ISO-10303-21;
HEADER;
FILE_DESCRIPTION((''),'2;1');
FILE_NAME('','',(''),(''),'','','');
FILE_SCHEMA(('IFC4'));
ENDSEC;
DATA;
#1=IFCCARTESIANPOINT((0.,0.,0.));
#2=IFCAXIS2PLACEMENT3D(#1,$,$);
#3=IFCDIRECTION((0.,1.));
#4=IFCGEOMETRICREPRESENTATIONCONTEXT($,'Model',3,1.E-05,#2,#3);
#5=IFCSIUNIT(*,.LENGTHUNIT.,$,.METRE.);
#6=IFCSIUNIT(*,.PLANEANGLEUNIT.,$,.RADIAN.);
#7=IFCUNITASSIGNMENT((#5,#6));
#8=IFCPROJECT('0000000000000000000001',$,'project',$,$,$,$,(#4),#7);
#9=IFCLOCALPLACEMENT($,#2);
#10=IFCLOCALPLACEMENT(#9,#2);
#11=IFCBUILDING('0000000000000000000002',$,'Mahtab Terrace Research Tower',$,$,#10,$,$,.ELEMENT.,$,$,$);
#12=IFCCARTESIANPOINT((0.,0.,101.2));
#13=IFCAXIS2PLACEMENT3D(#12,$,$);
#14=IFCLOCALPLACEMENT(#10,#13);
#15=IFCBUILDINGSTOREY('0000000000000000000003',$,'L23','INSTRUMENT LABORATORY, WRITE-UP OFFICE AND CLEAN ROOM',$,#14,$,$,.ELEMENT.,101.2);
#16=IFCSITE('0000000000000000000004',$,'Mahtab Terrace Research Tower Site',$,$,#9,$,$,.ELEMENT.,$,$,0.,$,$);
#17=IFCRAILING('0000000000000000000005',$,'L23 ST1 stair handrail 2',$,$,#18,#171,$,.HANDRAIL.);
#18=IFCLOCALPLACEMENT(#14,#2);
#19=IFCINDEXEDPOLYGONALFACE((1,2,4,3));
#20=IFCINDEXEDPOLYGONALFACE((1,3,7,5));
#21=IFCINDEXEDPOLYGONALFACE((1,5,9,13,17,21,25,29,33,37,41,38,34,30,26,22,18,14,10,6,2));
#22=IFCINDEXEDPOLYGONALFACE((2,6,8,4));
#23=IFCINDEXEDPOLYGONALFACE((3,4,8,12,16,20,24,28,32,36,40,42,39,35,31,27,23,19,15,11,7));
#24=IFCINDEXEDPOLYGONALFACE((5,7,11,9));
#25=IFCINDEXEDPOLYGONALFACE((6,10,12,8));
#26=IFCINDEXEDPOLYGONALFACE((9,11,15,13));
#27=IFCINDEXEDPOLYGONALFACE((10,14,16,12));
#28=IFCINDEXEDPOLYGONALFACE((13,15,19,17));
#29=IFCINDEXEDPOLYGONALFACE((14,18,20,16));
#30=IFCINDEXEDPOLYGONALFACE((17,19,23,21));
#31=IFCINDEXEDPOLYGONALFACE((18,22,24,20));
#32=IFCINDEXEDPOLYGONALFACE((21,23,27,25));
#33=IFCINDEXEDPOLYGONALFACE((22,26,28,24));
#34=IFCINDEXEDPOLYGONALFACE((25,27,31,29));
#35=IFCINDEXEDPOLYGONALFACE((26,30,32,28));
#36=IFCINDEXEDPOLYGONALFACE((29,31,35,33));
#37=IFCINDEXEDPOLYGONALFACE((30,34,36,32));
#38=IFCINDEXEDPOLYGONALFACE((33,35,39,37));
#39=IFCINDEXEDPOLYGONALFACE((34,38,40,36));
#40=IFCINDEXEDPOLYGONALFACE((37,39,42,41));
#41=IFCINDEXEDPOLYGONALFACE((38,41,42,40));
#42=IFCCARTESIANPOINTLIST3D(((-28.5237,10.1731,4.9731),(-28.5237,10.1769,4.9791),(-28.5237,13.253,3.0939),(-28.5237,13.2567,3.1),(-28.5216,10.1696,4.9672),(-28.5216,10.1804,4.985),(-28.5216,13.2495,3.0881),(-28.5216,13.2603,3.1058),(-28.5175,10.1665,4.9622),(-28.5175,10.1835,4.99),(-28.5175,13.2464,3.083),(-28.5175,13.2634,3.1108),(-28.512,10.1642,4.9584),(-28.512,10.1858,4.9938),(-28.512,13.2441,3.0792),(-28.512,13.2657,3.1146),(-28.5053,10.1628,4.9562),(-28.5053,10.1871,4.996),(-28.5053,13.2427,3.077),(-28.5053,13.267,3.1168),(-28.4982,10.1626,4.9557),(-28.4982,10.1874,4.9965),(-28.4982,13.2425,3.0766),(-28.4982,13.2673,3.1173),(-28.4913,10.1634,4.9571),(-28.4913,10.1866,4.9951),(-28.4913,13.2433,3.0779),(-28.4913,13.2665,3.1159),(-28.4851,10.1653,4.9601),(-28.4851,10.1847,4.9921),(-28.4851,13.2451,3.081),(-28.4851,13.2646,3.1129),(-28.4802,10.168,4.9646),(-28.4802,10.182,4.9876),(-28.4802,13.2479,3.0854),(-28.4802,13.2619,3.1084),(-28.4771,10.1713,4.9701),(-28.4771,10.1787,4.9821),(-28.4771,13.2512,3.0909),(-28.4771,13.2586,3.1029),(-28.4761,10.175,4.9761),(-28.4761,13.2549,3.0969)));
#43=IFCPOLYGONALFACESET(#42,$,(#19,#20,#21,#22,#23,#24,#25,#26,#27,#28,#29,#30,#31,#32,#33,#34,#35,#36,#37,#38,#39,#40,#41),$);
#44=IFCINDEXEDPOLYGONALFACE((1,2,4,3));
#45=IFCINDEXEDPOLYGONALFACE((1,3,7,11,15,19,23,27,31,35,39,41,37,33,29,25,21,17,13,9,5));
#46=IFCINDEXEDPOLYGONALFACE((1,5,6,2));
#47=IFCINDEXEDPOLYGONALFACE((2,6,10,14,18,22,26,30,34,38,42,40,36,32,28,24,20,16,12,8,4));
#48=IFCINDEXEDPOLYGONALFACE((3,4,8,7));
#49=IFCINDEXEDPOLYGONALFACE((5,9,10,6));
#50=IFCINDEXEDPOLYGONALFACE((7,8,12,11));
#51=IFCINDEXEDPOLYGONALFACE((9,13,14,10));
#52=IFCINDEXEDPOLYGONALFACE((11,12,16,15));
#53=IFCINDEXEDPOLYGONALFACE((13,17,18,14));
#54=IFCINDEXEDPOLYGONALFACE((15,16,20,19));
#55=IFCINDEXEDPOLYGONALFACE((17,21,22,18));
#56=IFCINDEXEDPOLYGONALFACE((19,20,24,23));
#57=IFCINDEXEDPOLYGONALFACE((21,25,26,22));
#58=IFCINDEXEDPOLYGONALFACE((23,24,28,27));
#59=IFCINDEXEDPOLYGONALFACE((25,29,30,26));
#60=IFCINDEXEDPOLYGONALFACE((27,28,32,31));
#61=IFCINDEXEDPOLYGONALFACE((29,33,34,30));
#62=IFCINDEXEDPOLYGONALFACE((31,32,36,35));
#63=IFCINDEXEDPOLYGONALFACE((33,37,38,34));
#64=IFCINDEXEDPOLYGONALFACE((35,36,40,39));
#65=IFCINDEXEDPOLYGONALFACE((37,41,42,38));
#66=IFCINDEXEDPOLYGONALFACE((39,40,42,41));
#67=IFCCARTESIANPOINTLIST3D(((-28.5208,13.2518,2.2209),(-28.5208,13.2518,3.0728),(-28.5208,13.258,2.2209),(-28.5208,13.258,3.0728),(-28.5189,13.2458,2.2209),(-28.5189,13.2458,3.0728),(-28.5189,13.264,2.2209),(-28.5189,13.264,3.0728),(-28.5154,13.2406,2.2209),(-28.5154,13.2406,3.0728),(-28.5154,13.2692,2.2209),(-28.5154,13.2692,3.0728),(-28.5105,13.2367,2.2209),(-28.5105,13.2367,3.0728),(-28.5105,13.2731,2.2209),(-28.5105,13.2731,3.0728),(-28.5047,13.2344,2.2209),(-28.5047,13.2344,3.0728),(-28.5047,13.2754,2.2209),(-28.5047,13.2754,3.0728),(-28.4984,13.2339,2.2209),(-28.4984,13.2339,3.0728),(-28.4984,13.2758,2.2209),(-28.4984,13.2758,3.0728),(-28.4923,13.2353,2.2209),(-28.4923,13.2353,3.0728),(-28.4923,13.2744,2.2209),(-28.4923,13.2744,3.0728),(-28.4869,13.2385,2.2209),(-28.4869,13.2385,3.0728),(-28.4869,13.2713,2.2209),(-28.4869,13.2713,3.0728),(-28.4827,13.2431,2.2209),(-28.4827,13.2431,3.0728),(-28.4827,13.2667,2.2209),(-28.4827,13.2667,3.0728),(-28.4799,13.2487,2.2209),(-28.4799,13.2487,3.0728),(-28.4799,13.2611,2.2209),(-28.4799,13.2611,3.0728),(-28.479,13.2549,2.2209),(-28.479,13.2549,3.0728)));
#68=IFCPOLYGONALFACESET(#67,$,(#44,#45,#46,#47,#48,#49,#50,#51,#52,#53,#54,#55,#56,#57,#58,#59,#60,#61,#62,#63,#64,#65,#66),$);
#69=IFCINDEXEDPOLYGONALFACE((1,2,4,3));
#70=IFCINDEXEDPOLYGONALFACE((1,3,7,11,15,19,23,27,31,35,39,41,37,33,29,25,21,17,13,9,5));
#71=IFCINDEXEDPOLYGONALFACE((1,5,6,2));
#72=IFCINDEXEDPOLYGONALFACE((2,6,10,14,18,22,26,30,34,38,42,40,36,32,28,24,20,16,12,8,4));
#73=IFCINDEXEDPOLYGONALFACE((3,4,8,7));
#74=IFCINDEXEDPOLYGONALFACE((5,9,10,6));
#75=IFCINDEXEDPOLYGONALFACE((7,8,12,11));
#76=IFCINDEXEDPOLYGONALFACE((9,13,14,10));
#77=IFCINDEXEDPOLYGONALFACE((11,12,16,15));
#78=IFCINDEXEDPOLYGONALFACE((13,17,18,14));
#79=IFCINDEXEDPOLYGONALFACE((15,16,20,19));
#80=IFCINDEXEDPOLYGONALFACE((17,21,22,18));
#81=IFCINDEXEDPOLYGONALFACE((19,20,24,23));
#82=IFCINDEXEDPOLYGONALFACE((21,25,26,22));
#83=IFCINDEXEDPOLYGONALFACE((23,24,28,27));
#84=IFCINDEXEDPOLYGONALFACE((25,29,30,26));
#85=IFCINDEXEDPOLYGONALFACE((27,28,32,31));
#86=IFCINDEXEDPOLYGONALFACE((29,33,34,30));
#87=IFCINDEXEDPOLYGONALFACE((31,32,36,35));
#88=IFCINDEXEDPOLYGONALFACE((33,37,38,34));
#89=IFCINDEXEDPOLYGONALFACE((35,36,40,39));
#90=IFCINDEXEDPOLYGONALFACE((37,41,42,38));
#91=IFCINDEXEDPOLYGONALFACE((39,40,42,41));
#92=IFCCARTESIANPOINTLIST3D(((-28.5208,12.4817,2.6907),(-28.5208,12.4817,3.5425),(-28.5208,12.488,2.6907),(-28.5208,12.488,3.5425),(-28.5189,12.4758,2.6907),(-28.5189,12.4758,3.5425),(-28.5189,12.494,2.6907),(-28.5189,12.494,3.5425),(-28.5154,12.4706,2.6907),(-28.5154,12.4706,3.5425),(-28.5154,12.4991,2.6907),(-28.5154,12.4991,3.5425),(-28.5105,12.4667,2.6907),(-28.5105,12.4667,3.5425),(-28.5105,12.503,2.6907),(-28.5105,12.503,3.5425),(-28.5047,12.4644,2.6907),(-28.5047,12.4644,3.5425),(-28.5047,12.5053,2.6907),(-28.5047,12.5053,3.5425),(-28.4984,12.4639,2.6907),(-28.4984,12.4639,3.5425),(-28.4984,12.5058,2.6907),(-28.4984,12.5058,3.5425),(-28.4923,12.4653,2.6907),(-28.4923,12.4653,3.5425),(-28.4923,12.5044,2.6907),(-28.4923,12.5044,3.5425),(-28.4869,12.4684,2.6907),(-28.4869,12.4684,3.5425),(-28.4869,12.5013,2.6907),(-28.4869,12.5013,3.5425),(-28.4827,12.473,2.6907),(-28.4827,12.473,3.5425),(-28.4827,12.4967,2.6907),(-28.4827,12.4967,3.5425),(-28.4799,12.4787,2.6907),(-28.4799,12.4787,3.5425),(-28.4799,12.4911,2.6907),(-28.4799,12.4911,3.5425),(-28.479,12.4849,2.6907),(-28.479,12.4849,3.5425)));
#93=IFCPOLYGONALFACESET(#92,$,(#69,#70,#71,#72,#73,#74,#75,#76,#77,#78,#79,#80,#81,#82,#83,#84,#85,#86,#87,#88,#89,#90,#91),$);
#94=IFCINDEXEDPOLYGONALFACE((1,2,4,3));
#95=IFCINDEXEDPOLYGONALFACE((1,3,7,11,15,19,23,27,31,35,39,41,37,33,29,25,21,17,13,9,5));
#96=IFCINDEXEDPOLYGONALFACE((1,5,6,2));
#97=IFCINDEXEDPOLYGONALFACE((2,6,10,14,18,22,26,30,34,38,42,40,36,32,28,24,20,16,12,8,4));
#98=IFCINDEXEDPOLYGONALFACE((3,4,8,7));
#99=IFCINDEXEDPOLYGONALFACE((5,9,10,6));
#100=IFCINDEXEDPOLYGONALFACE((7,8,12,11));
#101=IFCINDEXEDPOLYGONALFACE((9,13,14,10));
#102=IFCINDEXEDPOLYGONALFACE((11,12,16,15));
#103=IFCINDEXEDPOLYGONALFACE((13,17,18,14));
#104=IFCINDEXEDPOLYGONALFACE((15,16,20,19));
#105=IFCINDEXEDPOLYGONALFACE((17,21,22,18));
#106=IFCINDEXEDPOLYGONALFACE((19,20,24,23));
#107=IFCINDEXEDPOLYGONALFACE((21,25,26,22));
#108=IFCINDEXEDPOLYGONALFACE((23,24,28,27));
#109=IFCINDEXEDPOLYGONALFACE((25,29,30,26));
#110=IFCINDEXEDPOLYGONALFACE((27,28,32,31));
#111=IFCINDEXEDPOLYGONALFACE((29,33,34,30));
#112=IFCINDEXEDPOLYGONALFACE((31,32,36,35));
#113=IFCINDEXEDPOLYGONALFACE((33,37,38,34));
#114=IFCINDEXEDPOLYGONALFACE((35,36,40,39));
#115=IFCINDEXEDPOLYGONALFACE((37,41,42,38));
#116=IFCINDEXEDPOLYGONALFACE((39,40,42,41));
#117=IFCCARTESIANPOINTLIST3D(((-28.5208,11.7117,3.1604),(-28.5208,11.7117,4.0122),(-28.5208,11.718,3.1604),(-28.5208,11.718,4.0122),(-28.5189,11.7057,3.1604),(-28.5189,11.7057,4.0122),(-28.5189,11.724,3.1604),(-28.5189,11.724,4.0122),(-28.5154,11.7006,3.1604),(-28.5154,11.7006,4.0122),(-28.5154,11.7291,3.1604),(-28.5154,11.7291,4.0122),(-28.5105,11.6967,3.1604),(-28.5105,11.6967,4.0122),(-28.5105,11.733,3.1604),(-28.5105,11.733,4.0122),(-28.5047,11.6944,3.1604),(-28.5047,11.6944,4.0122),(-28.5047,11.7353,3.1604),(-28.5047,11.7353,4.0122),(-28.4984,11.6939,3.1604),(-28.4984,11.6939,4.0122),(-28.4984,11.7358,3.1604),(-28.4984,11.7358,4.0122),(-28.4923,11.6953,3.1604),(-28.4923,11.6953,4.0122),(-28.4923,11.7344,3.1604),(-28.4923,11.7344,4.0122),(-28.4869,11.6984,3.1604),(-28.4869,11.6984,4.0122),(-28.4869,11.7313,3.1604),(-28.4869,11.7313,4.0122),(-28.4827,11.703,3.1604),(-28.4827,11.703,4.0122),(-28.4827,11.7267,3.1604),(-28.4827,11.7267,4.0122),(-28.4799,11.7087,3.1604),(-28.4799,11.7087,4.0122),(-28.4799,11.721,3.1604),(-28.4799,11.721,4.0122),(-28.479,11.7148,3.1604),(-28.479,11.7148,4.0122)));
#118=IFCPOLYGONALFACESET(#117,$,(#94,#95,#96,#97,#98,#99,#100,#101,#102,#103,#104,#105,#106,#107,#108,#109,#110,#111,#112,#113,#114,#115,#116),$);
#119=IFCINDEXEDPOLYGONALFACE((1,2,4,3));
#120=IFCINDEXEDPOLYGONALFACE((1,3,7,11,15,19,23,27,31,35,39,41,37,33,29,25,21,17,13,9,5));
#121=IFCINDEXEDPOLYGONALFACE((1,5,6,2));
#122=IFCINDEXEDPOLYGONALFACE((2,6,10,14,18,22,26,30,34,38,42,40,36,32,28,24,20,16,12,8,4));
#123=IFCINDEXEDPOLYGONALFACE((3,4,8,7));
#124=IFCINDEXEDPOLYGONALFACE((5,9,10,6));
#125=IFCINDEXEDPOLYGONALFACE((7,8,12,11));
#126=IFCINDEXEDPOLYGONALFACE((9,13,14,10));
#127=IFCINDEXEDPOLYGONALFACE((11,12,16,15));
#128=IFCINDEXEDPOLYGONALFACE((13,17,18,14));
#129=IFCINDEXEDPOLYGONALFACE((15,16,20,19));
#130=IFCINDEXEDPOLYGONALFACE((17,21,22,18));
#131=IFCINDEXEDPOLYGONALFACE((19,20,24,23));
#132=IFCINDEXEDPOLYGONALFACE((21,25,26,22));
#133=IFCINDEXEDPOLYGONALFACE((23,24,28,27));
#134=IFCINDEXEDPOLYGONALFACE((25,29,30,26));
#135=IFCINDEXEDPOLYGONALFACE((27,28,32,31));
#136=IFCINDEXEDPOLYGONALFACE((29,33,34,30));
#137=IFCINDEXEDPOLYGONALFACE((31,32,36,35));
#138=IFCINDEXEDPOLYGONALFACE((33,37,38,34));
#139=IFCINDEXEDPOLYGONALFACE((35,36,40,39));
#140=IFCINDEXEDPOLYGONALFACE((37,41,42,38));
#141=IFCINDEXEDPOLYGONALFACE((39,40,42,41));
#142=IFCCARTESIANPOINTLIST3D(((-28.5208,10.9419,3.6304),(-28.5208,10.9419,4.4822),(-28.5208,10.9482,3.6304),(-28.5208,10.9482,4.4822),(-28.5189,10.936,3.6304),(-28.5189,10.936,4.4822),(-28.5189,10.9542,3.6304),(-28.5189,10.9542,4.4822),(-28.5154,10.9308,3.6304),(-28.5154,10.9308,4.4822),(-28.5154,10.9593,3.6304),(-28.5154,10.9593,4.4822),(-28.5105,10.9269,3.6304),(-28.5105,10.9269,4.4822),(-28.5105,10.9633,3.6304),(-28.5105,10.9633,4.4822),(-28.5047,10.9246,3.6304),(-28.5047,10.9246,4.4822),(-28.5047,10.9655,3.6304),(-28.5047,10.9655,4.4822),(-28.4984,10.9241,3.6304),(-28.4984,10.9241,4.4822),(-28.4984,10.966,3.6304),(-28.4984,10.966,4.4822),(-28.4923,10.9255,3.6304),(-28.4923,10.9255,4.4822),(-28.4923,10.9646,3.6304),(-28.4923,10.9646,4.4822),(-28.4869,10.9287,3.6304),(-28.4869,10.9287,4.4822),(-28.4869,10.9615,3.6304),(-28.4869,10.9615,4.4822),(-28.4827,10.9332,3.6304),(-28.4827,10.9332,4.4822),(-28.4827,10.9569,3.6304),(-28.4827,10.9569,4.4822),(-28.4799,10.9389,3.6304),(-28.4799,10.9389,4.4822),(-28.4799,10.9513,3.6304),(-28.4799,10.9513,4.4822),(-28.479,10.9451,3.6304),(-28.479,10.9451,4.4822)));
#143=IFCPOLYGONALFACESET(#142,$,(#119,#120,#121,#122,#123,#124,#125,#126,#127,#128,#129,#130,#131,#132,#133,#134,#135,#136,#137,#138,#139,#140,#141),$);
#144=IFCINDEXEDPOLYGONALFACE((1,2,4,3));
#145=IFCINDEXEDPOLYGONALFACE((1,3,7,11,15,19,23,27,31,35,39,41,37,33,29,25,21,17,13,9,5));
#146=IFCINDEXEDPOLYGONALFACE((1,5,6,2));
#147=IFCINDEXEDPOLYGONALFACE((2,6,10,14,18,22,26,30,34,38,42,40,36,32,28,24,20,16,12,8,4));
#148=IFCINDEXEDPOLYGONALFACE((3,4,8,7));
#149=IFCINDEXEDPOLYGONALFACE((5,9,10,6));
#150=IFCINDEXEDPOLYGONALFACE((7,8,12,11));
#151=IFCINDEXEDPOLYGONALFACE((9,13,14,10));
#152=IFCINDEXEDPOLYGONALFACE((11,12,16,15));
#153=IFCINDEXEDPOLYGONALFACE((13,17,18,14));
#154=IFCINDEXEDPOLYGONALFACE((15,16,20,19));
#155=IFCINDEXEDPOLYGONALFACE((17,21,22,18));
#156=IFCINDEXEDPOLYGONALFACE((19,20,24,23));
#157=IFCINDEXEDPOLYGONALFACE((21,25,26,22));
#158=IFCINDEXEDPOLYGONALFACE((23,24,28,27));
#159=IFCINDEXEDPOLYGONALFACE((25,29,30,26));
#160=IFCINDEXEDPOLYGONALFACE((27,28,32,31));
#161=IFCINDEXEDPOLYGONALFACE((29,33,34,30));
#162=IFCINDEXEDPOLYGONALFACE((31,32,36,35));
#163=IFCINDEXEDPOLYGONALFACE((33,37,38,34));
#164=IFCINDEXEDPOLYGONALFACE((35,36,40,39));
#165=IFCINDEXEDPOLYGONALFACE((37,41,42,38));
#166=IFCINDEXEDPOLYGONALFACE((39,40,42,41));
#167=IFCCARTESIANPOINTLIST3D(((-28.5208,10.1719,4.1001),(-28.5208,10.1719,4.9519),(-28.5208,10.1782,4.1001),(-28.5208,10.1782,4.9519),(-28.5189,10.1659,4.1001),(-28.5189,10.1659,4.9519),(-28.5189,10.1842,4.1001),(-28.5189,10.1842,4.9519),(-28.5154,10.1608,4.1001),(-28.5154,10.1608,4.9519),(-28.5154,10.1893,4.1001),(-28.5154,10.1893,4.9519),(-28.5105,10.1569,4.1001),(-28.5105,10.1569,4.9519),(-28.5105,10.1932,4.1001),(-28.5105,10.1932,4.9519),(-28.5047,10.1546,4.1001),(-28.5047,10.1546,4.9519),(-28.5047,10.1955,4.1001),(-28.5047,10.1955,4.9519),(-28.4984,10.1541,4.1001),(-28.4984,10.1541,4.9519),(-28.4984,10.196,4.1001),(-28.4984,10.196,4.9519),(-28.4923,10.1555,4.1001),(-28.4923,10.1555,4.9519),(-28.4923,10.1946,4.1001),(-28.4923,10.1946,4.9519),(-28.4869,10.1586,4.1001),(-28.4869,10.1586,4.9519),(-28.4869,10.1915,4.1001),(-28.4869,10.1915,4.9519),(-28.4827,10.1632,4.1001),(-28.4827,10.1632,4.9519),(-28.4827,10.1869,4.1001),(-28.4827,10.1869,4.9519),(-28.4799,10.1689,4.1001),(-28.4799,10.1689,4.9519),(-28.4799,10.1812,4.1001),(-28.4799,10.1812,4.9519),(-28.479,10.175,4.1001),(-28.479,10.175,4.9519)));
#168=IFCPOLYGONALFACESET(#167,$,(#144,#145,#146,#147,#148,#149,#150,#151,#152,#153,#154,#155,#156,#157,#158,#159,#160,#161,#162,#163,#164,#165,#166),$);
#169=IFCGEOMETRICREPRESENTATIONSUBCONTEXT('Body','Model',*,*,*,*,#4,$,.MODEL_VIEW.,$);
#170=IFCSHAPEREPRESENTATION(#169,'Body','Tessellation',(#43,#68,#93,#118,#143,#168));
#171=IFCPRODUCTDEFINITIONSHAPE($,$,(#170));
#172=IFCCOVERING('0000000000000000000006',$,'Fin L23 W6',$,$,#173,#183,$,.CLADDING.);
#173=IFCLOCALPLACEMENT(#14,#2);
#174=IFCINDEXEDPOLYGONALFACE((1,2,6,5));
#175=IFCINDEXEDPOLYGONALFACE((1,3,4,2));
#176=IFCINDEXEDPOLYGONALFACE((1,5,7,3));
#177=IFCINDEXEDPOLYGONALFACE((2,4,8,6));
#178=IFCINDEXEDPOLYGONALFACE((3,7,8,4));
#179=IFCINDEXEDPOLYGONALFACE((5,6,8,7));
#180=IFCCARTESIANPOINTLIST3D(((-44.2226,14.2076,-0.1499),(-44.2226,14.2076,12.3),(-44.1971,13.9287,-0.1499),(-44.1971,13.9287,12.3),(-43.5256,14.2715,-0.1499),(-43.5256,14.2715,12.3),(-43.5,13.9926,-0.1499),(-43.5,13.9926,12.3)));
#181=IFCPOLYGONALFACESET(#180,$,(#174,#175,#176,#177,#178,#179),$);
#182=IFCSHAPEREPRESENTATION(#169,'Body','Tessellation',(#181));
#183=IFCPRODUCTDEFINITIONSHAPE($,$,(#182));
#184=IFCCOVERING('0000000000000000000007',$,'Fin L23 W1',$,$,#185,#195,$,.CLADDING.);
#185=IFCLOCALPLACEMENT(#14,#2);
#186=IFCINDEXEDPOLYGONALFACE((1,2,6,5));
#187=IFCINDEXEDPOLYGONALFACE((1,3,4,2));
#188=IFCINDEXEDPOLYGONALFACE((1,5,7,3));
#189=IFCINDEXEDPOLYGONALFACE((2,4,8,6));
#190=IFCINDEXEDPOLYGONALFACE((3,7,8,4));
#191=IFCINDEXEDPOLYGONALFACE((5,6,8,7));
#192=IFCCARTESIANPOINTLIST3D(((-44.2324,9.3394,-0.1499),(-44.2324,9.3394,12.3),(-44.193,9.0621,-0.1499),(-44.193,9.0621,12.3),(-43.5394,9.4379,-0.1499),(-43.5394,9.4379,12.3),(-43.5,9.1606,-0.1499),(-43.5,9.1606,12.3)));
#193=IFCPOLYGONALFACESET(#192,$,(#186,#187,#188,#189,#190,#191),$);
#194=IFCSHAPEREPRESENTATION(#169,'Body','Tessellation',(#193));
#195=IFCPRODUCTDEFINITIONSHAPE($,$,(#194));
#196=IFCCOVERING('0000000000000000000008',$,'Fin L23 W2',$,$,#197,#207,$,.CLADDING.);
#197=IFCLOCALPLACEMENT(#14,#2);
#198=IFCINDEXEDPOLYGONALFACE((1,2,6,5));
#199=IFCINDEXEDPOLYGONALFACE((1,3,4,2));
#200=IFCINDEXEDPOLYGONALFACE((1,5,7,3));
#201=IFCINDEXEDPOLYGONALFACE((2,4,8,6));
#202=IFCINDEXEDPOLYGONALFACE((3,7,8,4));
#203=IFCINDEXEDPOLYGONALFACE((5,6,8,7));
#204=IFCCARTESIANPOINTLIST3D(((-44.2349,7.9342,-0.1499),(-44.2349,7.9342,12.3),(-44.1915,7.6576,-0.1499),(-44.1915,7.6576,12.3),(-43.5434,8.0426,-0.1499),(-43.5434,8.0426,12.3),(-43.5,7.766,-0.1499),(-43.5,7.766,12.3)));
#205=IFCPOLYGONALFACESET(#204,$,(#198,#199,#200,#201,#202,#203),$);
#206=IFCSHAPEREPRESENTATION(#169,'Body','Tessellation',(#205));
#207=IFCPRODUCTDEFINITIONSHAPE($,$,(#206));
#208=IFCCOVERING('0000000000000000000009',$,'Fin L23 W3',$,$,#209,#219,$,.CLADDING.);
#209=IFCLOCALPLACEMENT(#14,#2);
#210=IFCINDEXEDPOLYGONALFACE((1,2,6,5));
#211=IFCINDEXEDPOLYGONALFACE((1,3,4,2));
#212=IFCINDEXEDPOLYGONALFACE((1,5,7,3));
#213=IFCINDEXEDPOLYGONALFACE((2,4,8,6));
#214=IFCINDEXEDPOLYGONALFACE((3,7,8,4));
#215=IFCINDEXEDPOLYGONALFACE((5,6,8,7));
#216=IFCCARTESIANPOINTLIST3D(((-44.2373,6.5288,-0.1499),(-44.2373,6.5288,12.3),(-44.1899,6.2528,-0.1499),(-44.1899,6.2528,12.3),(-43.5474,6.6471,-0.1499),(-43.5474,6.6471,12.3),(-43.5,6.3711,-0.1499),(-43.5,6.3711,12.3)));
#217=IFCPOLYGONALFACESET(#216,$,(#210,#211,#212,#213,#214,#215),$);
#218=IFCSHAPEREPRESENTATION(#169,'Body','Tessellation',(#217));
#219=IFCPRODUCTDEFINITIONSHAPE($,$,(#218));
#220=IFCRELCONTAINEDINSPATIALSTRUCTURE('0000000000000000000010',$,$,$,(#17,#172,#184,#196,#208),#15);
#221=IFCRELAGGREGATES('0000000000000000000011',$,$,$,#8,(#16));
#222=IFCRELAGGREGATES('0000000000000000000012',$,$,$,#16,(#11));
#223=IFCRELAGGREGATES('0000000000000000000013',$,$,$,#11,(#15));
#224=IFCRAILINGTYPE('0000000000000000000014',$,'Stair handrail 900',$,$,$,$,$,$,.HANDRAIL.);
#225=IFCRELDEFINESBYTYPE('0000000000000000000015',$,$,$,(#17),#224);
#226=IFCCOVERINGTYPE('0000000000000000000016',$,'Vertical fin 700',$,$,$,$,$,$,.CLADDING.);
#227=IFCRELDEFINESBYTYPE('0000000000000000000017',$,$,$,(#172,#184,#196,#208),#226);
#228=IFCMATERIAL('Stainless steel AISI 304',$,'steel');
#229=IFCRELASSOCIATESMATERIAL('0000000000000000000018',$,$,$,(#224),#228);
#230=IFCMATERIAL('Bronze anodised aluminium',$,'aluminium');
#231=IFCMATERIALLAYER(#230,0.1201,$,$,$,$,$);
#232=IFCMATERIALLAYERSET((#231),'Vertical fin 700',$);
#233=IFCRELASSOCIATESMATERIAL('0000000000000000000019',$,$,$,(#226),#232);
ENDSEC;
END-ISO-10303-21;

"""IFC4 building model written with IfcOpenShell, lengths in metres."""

from ifc_helpers import new_model, si_unit, direction, frame, origin, origin_2d, place, context, subcontext, project, spatial, rectangle, circle, extrude, material, layer, layer_set, type_object, element, save


model = new_model("IFC4")

# Units and contexts
model_context = context("Model", 3, precision=1e-05, world=origin(), true_north=direction((0.0, 1.0)))
body_context = subcontext(model_context, "Body", "Model", "MODEL_VIEW")
ifc_project = project(units=[si_unit("LENGTHUNIT", "METRE"), si_unit("PLANEANGLEUNIT", "RADIAN")], contexts=[model_context])

# Site, building, storey
site_placement = place(None, origin())
site = spatial("IfcSite", under=ifc_project, at=site_placement, Name="Mahtab Terrace Research Tower Site", CompositionType="ELEMENT", RefElevation=0.0)
building_placement = place(site_placement, origin())
building = spatial("IfcBuilding", under=site, at=building_placement, Name="Mahtab Terrace Research Tower", CompositionType="ELEMENT")
storey_placement = place(building_placement, frame((0.0, 0.0, 101.2)))
storey = spatial("IfcBuildingStorey", under=building, at=storey_placement, Name="L23", Description="INSTRUMENT LABORATORY, WRITE-UP OFFICE AND CLEAN ROOM", CompositionType="ELEMENT", Elevation=101.2)

# Railing
ifc_material_1 = material(Name="Stainless steel AISI 304", Category="steel")
railing_type_1 = type_object("IfcRailingType", Name="Stair handrail 900", PredefinedType="HANDRAIL", material=ifc_material_1)
railing_1_placement = place(storey_placement, frame((-28.5, 13.2549, 2.2209)))
element("IfcRailing", 1, at=railing_1_placement, inside=storey, type_object=railing_type_1, Name="L23 ST1 stair handrail 2", PredefinedType="HANDRAIL", context=body_context, shape_type="SweptSolid", body=[
    extrude(circle(Radius=0.0239, at=origin_2d()), frame((0.0, 0.0, 0.876), z_axis=(0.0, -0.853648, 0.52085), x_axis=(1.0, 0.0, 0.0)), (0.0, 0.0, 1.0), 3.6079),
    extrude(circle(Radius=0.021, at=origin_2d()), origin(), (0.0, 0.0, 1.0), 0.8518),
    extrude(circle(Radius=0.021, at=origin_2d()), frame((0.0, -0.77, 0.4697)), (0.0, 0.0, 1.0), 0.8518),
    extrude(circle(Radius=0.021, at=origin_2d()), frame((0.0, -1.54, 0.9395)), (0.0, 0.0, 1.0), 0.8518),
    extrude(circle(Radius=0.021, at=origin_2d()), frame((0.0, -2.3098, 1.4094)), (0.0, 0.0, 1.0), 0.8518),
    extrude(circle(Radius=0.021, at=origin_2d()), frame((0.0, -3.0798, 1.8792)), (0.0, 0.0, 1.0), 0.8518),
])

# Coverings
ifc_material_2 = material(Name="Bronze anodised aluminium", Category="aluminium")
ifc_layer_1 = layer(ifc_material_2, 0.1201)
ifc_layer_set_1 = layer_set([ifc_layer_1], Name="Vertical fin 700")
covering_type = type_object("IfcCoveringType", Name="Vertical fin 700", PredefinedType="CLADDING", material=ifc_layer_set_1)
for number, where, z_axis, x_axis, name in (
    (2, (-43.8613, 14.1001, -0.1499), (0.0, 0.0, 1.0), (0.091246, -0.995828, 0.0), "Fin L23 W6"),
    (3, (-43.8662, 9.25, -0.1499), (0.0, 0.0, 1.0), (0.140698, -0.990053, 0.0), "Fin L23 W1"),
    (4, (-43.8674, 7.8501, -0.1499), (0.0, 0.0, 1.0), (0.154913, -0.987928, 0.0), "Fin L23 W2"),
    (5, (-43.8687, 6.45, -0.1499), (0.0, 0.0, 1.0), (0.169097, -0.985599, 0.0), "Fin L23 W3"),
):
    element("IfcCovering", number, at=place(storey_placement, frame(where, z_axis=z_axis, x_axis=x_axis)), inside=storey, type_object=covering_type, Name=name, PredefinedType="CLADDING", context=body_context, shape_type="SweptSolid", body=[
        extrude(rectangle(XDim=0.28, YDim=0.7, at=origin_2d()), origin(), (0.0, 0.0, 1.0), 12.45),
    ])

save(model, "model.ifc")
